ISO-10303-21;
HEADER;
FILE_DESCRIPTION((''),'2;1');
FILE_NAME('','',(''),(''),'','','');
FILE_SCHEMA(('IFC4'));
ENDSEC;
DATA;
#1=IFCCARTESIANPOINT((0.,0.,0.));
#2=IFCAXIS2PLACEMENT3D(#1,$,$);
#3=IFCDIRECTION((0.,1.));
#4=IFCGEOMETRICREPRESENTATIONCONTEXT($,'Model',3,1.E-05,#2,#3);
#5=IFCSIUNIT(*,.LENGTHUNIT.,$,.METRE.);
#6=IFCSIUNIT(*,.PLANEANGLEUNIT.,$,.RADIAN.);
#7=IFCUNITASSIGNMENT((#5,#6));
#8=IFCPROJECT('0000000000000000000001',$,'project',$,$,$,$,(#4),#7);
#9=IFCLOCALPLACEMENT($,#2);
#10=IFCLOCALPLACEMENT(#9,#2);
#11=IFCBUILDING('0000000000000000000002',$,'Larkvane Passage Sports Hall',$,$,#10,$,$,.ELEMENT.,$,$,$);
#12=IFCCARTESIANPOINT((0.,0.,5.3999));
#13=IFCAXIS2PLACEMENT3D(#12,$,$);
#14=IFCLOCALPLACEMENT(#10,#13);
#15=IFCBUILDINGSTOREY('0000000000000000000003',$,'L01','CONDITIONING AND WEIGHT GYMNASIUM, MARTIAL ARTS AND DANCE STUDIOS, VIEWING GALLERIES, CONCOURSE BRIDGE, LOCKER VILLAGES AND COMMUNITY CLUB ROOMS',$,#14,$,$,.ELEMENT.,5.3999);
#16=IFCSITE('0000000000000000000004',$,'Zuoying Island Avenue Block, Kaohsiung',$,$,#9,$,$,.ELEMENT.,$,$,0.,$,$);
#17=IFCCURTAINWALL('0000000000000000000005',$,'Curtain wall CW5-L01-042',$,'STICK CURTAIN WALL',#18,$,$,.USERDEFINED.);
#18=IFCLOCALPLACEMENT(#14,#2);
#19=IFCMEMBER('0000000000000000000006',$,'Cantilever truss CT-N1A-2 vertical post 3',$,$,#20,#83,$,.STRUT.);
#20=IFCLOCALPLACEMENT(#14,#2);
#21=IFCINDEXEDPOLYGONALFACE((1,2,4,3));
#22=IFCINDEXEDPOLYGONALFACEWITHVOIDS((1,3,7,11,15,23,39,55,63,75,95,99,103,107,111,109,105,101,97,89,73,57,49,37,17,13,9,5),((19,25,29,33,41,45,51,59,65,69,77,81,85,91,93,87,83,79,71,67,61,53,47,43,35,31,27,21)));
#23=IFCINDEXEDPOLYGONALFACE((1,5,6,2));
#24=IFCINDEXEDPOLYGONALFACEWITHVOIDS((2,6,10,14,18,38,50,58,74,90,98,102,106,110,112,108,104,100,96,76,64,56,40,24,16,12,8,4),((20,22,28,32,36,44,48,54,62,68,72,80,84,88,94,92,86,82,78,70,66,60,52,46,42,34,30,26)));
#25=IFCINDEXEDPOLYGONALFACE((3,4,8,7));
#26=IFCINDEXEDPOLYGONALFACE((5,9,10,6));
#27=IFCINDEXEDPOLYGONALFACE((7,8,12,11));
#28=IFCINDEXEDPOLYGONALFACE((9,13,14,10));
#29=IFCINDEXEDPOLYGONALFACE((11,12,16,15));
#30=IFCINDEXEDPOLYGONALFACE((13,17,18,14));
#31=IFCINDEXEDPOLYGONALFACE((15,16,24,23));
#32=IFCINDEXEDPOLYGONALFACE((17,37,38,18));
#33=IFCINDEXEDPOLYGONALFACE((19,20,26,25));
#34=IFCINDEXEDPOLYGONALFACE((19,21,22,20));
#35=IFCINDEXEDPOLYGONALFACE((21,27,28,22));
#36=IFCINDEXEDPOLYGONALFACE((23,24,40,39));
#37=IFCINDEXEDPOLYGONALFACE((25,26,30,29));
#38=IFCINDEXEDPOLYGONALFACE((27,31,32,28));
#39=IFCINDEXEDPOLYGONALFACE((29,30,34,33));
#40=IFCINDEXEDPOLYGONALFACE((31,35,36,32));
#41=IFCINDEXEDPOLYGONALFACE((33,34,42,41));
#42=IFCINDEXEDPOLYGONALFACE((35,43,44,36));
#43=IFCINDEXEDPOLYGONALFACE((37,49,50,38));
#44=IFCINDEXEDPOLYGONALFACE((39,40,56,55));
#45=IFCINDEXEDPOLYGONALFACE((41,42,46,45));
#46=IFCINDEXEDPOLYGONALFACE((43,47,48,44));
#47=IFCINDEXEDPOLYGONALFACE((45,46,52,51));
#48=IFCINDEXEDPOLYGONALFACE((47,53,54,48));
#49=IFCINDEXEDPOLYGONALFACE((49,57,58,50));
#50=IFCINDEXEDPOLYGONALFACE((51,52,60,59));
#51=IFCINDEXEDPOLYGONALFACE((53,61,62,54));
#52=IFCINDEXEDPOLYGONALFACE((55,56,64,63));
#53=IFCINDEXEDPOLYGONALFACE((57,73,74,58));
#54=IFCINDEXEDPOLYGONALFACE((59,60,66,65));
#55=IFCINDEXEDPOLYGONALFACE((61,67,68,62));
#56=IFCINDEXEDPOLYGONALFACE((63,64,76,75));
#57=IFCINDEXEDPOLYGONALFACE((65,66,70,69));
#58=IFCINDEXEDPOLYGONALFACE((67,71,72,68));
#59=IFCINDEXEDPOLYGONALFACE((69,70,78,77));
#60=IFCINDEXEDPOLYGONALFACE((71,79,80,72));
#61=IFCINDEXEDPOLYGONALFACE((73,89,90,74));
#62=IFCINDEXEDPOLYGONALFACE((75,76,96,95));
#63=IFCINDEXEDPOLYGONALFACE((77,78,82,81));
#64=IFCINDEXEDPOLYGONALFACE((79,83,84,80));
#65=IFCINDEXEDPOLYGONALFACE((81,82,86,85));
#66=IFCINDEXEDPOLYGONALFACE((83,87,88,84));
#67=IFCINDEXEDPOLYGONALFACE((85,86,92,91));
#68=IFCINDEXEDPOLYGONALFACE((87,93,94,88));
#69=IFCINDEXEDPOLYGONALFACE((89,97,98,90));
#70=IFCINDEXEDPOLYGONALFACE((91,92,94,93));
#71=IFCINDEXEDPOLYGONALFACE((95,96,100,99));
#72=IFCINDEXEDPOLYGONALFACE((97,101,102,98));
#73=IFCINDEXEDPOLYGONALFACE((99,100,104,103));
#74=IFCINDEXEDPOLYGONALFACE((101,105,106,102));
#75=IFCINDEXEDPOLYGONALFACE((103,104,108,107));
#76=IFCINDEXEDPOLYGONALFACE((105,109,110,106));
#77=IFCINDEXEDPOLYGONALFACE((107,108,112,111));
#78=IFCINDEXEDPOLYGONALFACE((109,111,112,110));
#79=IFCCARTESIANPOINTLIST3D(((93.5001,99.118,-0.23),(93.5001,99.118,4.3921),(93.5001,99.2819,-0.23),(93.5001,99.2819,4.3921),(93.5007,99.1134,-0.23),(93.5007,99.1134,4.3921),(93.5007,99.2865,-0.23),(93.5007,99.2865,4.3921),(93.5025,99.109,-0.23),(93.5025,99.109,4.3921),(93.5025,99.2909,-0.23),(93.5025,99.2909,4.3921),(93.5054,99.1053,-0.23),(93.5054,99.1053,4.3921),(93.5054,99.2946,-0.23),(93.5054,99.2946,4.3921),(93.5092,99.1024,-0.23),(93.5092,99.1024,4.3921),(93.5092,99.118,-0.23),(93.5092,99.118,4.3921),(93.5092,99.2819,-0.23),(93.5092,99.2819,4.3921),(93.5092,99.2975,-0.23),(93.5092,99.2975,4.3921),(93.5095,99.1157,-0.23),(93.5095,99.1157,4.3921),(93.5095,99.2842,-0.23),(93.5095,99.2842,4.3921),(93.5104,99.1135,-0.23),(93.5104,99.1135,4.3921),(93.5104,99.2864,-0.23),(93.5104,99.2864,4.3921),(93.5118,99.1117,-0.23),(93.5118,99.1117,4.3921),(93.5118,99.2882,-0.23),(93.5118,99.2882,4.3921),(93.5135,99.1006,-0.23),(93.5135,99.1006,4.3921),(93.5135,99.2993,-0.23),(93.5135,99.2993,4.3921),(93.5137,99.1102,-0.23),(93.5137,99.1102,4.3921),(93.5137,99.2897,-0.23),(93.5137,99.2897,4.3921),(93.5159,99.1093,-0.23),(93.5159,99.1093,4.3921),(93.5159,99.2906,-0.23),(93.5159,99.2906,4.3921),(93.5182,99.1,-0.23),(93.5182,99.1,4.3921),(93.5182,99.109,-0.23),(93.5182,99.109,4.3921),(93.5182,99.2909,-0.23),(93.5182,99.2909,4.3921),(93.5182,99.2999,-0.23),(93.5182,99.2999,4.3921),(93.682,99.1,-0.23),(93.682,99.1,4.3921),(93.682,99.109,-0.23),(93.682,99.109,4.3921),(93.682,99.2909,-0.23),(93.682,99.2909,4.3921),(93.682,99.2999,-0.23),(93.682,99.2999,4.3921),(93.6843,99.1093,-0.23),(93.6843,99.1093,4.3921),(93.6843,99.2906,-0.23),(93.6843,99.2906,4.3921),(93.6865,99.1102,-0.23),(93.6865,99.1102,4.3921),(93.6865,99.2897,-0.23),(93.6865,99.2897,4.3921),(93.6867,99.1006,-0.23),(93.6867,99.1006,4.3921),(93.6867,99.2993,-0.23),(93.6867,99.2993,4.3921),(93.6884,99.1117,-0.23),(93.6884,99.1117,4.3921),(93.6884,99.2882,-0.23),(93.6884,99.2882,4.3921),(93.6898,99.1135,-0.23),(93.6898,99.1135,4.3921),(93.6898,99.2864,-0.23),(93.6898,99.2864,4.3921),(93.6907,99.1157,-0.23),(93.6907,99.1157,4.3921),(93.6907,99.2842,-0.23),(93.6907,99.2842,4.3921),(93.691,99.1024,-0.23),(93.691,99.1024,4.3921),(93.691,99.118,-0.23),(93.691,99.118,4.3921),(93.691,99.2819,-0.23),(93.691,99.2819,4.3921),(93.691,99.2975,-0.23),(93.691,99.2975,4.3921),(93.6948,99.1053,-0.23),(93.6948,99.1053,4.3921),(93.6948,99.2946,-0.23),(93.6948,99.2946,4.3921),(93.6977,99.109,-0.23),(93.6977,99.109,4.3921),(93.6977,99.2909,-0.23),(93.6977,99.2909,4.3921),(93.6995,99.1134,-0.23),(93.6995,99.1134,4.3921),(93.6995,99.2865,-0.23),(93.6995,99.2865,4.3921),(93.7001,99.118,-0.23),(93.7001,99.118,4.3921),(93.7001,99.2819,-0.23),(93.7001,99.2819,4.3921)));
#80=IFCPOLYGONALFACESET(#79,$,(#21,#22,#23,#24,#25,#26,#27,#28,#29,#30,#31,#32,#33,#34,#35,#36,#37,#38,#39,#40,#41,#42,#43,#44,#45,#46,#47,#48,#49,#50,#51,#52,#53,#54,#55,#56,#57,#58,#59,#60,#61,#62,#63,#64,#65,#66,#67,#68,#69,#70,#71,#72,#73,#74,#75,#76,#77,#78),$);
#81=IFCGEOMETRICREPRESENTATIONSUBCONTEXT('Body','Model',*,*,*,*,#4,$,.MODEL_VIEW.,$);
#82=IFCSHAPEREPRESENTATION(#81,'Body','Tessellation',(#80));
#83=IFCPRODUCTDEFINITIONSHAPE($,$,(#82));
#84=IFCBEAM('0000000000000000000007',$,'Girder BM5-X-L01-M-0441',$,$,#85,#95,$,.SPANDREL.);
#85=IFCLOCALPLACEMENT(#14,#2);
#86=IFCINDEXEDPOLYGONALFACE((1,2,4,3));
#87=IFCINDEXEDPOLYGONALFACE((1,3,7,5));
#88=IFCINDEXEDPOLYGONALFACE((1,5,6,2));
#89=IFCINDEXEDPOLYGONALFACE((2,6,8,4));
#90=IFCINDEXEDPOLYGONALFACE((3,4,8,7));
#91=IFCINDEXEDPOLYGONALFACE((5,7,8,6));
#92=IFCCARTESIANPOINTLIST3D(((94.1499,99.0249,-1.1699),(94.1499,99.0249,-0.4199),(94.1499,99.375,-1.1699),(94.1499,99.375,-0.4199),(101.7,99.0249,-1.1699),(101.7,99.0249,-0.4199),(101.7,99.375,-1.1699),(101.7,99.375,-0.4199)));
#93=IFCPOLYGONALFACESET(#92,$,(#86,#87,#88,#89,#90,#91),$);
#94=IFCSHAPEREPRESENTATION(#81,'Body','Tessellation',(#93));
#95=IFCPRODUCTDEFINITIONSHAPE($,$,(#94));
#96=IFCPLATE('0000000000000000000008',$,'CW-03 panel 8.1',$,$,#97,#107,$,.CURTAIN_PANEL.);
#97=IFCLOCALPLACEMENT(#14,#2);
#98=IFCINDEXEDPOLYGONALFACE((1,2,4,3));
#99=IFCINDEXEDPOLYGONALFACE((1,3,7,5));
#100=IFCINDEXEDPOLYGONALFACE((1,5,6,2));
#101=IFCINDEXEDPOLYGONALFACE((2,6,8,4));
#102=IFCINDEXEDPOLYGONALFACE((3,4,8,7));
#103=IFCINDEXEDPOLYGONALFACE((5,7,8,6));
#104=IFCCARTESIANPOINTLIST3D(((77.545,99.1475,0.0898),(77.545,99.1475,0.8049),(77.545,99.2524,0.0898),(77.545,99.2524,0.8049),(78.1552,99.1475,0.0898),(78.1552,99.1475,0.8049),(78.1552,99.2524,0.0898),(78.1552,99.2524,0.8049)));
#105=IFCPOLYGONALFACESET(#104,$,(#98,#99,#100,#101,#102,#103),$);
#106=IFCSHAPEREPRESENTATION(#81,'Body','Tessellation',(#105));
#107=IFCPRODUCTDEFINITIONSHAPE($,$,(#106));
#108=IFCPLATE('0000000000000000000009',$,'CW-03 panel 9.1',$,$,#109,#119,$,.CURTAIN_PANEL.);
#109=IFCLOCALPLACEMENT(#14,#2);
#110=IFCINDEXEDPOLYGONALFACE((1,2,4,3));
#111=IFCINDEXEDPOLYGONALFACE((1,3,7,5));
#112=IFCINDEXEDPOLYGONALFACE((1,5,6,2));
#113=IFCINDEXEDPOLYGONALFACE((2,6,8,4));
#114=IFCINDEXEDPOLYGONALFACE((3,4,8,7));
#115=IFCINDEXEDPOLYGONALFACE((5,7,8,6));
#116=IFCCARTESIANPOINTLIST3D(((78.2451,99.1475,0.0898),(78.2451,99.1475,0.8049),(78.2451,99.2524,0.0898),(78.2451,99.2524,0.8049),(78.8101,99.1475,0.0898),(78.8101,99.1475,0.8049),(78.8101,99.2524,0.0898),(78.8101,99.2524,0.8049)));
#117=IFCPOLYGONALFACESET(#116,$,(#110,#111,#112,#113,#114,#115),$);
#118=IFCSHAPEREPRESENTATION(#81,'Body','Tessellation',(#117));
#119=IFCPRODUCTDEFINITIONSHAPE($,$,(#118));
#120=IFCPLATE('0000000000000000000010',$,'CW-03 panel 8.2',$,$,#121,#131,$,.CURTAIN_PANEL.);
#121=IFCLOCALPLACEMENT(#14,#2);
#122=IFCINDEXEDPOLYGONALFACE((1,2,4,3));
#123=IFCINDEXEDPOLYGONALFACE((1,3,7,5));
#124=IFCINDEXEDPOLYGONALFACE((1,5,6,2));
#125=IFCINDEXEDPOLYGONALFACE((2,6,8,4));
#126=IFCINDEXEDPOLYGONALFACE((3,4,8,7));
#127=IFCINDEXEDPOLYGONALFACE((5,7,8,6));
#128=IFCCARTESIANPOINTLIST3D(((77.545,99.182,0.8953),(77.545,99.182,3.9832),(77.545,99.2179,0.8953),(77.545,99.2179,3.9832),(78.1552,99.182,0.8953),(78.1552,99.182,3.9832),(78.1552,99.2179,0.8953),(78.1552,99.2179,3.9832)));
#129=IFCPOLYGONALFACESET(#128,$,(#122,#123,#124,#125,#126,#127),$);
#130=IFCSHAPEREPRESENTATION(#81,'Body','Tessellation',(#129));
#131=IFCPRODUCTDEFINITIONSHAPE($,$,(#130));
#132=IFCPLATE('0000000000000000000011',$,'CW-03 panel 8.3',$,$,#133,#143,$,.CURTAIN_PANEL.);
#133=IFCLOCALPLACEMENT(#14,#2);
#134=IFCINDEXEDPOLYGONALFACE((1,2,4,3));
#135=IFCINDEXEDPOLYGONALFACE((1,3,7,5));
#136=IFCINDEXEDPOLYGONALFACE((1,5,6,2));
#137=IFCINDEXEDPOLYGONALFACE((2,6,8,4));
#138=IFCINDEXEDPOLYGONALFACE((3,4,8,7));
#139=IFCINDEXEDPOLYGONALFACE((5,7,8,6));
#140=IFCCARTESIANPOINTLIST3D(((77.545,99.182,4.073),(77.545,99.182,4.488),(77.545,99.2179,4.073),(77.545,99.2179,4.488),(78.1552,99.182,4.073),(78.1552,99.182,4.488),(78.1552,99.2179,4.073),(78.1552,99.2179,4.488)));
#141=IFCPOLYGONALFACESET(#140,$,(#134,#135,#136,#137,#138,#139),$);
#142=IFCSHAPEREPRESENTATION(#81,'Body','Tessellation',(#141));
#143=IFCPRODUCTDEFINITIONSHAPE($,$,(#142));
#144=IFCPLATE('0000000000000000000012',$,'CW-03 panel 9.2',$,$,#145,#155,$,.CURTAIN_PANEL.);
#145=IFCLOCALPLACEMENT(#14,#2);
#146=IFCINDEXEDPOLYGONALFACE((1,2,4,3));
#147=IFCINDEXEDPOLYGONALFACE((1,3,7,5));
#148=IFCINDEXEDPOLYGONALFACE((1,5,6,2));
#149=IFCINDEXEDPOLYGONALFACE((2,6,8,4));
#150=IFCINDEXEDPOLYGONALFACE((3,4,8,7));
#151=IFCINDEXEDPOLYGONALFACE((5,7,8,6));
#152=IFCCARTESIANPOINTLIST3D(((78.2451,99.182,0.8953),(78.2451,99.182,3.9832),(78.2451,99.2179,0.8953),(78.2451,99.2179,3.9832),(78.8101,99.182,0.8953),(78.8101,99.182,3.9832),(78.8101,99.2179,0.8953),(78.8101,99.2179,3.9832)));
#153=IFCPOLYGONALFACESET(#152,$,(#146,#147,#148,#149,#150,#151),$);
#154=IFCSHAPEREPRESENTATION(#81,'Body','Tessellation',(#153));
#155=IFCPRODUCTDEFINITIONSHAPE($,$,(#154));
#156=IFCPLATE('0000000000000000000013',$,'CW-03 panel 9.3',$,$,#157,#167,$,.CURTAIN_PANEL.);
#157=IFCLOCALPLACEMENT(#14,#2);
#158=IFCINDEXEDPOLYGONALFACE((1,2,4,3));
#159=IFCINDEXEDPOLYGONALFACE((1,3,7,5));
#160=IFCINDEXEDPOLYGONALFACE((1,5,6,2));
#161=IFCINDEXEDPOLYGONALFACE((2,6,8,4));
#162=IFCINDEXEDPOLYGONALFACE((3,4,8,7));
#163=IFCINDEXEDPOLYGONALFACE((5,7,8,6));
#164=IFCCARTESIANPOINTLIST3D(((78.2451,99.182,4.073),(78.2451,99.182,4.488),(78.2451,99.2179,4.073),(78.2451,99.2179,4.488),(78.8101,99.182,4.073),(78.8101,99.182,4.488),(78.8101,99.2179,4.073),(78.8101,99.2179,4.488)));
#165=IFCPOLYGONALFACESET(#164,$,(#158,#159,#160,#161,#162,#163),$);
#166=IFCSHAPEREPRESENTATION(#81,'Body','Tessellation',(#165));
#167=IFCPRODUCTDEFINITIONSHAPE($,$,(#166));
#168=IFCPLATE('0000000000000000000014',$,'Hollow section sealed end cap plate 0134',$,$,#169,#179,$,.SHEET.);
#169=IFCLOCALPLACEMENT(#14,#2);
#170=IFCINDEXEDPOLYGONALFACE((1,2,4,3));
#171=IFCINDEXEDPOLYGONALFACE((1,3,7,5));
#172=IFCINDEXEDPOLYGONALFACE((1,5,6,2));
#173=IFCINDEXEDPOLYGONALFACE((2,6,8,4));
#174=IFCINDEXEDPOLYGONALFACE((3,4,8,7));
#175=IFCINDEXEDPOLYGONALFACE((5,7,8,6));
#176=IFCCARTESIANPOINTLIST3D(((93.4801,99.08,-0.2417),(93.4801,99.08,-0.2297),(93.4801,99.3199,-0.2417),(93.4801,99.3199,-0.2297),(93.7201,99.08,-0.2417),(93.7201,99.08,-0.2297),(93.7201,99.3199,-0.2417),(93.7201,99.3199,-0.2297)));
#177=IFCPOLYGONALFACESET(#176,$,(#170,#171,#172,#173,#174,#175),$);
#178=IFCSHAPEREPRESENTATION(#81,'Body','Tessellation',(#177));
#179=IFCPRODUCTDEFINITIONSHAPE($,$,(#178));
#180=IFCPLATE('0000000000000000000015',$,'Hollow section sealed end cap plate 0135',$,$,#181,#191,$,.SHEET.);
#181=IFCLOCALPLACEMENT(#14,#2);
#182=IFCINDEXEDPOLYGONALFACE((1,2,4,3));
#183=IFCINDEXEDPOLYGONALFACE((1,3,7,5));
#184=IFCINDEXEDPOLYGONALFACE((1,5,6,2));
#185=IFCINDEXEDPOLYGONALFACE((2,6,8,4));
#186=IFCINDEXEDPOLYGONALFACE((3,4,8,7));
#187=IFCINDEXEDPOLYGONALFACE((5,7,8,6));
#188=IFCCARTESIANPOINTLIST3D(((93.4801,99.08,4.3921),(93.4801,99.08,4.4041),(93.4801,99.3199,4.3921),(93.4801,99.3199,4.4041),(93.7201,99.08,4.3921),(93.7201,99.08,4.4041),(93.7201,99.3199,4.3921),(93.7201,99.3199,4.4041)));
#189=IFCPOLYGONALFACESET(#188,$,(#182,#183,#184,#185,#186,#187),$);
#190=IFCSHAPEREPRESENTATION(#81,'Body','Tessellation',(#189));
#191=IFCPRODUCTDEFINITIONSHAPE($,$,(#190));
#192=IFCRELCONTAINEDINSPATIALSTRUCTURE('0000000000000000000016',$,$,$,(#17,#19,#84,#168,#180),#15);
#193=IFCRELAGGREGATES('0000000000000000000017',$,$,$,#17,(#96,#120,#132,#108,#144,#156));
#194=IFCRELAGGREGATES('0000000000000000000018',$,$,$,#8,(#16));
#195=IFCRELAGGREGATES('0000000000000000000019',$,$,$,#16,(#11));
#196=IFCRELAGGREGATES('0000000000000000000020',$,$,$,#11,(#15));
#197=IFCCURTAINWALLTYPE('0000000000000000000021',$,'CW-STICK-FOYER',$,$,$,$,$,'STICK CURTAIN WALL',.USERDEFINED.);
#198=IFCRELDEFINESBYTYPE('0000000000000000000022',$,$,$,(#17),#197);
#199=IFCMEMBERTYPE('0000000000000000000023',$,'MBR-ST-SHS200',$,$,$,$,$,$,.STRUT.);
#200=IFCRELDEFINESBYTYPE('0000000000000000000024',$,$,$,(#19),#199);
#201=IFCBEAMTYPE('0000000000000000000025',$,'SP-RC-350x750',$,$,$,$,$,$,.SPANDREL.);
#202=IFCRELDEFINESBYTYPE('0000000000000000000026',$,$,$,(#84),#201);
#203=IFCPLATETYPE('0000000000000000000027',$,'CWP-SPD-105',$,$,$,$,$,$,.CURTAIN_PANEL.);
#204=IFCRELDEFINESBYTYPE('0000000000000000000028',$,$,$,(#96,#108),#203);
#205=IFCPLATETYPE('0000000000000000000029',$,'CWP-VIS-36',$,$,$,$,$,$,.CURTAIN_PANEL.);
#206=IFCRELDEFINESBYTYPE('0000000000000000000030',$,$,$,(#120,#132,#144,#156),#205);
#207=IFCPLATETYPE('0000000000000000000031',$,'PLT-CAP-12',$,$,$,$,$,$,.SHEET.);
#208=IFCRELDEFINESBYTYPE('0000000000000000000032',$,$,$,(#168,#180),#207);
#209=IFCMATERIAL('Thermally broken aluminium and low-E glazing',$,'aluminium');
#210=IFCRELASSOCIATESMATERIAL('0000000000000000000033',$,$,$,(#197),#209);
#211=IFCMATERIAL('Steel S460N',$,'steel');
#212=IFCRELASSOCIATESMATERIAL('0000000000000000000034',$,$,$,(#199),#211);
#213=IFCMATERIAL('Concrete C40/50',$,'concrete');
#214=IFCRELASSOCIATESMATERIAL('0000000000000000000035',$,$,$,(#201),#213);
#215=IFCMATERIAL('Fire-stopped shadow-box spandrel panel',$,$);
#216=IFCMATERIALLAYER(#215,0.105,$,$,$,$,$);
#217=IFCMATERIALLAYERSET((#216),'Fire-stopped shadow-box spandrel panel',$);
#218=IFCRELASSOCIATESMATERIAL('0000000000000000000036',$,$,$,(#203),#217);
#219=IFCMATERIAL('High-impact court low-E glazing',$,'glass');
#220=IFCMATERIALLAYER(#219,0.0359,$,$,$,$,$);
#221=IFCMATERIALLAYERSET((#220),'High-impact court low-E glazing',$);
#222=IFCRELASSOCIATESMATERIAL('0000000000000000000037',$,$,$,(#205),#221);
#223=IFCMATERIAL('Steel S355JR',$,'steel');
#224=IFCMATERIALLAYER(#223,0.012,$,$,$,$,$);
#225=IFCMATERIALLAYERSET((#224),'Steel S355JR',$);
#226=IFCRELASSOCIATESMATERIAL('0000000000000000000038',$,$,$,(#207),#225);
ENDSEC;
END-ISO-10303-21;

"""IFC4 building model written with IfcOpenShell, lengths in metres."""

from ifc_helpers import new_model, si_unit, direction, frame, origin, origin_2d, place, context, subcontext, project, spatial, rectangle, hollow_rectangle, extrude, material, layer, layer_set, material_profile, profile_set, type_object, element, aggregate, save


model = new_model("IFC4")

# Units and contexts
model_context = context("Model", 3, precision=1e-05, world=origin(), true_north=direction((0.0, 1.0)))
body_context = subcontext(model_context, "Body", "Model", "MODEL_VIEW")
ifc_project = project(units=[si_unit("LENGTHUNIT", "METRE"), si_unit("PLANEANGLEUNIT", "RADIAN")], contexts=[model_context])

# Site, building, storey
site_placement = place(None, origin())
site = spatial("IfcSite", under=ifc_project, at=site_placement, Name="Zuoying Island Avenue Block, Kaohsiung", CompositionType="ELEMENT", RefElevation=0.0)
building_placement = place(site_placement, origin())
building = spatial("IfcBuilding", under=site, at=building_placement, Name="Larkvane Passage Sports Hall", CompositionType="ELEMENT")
storey_placement = place(building_placement, frame((0.0, 0.0, 5.3999)))
storey = spatial("IfcBuildingStorey", under=building, at=storey_placement, Name="L01", Description="CONDITIONING AND WEIGHT GYMNASIUM, MARTIAL ARTS AND DANCE STUDIOS, VIEWING GALLERIES, CONCOURSE BRIDGE, LOCKER VILLAGES AND COMMUNITY CLUB ROOMS", CompositionType="ELEMENT", Elevation=5.3999)

# Curtain wall
ifc_material_1 = material(Name="Thermally broken aluminium and low-E glazing", Category="aluminium")
curtain_wall_type = type_object("IfcCurtainWallType", Name="CW-STICK-FOYER", ElementType="STICK CURTAIN WALL", PredefinedType="USERDEFINED", material=ifc_material_1)
curtain_wall_placement = place(storey_placement, origin())
curtain_wall = element("IfcCurtainWall", 1, at=curtain_wall_placement, inside=storey, type_object=curtain_wall_type, Name="Curtain wall CW5-L01-042", ObjectType="STICK CURTAIN WALL", PredefinedType="USERDEFINED")

# Member
ifc_material_2 = material(Name="Steel S460N", Category="steel")
ifc_material_profile_1 = material_profile(ifc_material_2, hollow_rectangle(XDim=0.2, YDim=0.2, WallThickness=0.009, InnerFilletRadius=0.009, OuterFilletRadius=0.0181, at=origin_2d()), Name="SHS-200x200x9")
ifc_profile_set_1 = profile_set([ifc_material_profile_1], Name="Steel S460N")
member_type_1 = type_object("IfcMemberType", Name="MBR-ST-SHS200", PredefinedType="STRUT", material=ifc_profile_set_1)
member_1_placement = place(storey_placement, frame((93.6001, 99.2, -0.23), z_axis=(0.0, 0.0, 1.0), x_axis=(1.0, 0.0, 0.0)))
element("IfcMember", 2, at=member_1_placement, inside=storey, type_object=member_type_1, Name="Cantilever truss CT-N1A-2 vertical post 3", PredefinedType="STRUT", context=body_context, shape_type="SweptSolid", body=[
    extrude(hollow_rectangle(XDim=0.2, YDim=0.2, WallThickness=0.009, InnerFilletRadius=0.009, OuterFilletRadius=0.0181, at=origin_2d()), origin(), (0.0, 0.0, 1.0), 4.6221),
])

# Beam
ifc_material_3 = material(Name="Concrete C40/50", Category="concrete")
ifc_material_profile_2 = material_profile(ifc_material_3, rectangle(XDim=0.3501, YDim=0.75, at=origin_2d()), Name="RC-SP-350x750")
ifc_profile_set_2 = profile_set([ifc_material_profile_2], Name="Concrete C40/50")
beam_type = type_object("IfcBeamType", Name="SP-RC-350x750", PredefinedType="SPANDREL", material=ifc_profile_set_2)
beam_placement = place(storey_placement, frame((94.1499, 99.2, -0.7949), z_axis=(1.0, 0.0, 0.0), x_axis=(0.0, 1.0, 0.0)))
element("IfcBeam", 3, at=beam_placement, inside=storey, type_object=beam_type, Name="Girder BM5-X-L01-M-0441", PredefinedType="SPANDREL", context=body_context, shape_type="SweptSolid", body=[
    extrude(rectangle(XDim=0.3501, YDim=0.75, at=origin_2d()), origin(), (0.0, 0.0, 1.0), 7.55),
])

# Plates
ifc_material_4 = material(Name="Fire-stopped shadow-box spandrel panel")
ifc_layer_1 = layer(ifc_material_4, 0.105)
ifc_layer_set_1 = layer_set([ifc_layer_1], Name="Fire-stopped shadow-box spandrel panel")
plate_type_1 = type_object("IfcPlateType", Name="CWP-SPD-105", PredefinedType="CURTAIN_PANEL", material=ifc_layer_set_1)
plate_1_placement = place(storey_placement, frame((77.8501, 99.2, 0.0898), z_axis=(0.0, 0.0, 1.0), x_axis=(1.0, 0.0, 0.0)))
plate_1 = element("IfcPlate", 4, at=plate_1_placement, type_object=plate_type_1, Name="CW-03 panel 8.1", PredefinedType="CURTAIN_PANEL", context=body_context, shape_type="SweptSolid", body=[
    extrude(rectangle(XDim=0.6101, YDim=0.105, at=origin_2d()), origin(), (0.0, 0.0, 1.0), 0.7151),
])
plate_2_placement = place(storey_placement, frame((78.5276, 99.2, 0.0898), z_axis=(0.0, 0.0, 1.0), x_axis=(1.0, 0.0, 0.0)))
plate_2 = element("IfcPlate", 5, at=plate_2_placement, type_object=plate_type_1, Name="CW-03 panel 9.1", PredefinedType="CURTAIN_PANEL", context=body_context, shape_type="SweptSolid", body=[
    extrude(rectangle(XDim=0.5649, YDim=0.105, at=origin_2d()), origin(), (0.0, 0.0, 1.0), 0.7151),
])
ifc_material_5 = material(Name="High-impact court low-E glazing", Category="glass")
ifc_layer_2 = layer(ifc_material_5, 0.0359)
ifc_layer_set_2 = layer_set([ifc_layer_2], Name="High-impact court low-E glazing")
plate_type_2 = type_object("IfcPlateType", Name="CWP-VIS-36", PredefinedType="CURTAIN_PANEL", material=ifc_layer_set_2)
plate_3_placement = place(storey_placement, frame((77.8501, 99.2, 0.8953), z_axis=(0.0, 0.0, 1.0), x_axis=(1.0, 0.0, 0.0)))
plate_3 = element("IfcPlate", 6, at=plate_3_placement, type_object=plate_type_2, Name="CW-03 panel 8.2", PredefinedType="CURTAIN_PANEL", context=body_context, shape_type="SweptSolid", body=[
    extrude(rectangle(XDim=0.6101, YDim=0.0359, at=origin_2d()), origin(), (0.0, 0.0, 1.0), 3.0879),
])
plate_4_placement = place(storey_placement, frame((77.8501, 99.2, 4.073), z_axis=(0.0, 0.0, 1.0), x_axis=(1.0, 0.0, 0.0)))
plate_4 = element("IfcPlate", 7, at=plate_4_placement, type_object=plate_type_2, Name="CW-03 panel 8.3", PredefinedType="CURTAIN_PANEL", context=body_context, shape_type="SweptSolid", body=[
    extrude(rectangle(XDim=0.6101, YDim=0.0359, at=origin_2d()), origin(), (0.0, 0.0, 1.0), 0.415),
])
plate_5_placement = place(storey_placement, frame((78.5276, 99.2, 0.8953), z_axis=(0.0, 0.0, 1.0), x_axis=(1.0, 0.0, 0.0)))
plate_5 = element("IfcPlate", 8, at=plate_5_placement, type_object=plate_type_2, Name="CW-03 panel 9.2", PredefinedType="CURTAIN_PANEL", context=body_context, shape_type="SweptSolid", body=[
    extrude(rectangle(XDim=0.5649, YDim=0.0359, at=origin_2d()), origin(), (0.0, 0.0, 1.0), 3.0879),
])
plate_6_placement = place(storey_placement, frame((78.5276, 99.2, 4.073), z_axis=(0.0, 0.0, 1.0), x_axis=(1.0, 0.0, 0.0)))
plate_6 = element("IfcPlate", 9, at=plate_6_placement, type_object=plate_type_2, Name="CW-03 panel 9.3", PredefinedType="CURTAIN_PANEL", context=body_context, shape_type="SweptSolid", body=[
    extrude(rectangle(XDim=0.5649, YDim=0.0359, at=origin_2d()), origin(), (0.0, 0.0, 1.0), 0.415),
])
aggregate(curtain_wall, [plate_1, plate_3, plate_4, plate_2, plate_5, plate_6])

# Plates
ifc_material_6 = material(Name="Steel S355JR", Category="steel")
ifc_layer_3 = layer(ifc_material_6, 0.012)
ifc_layer_set_3 = layer_set([ifc_layer_3], Name="Steel S355JR")
plate_type_3 = type_object("IfcPlateType", Name="PLT-CAP-12", PredefinedType="SHEET", material=ifc_layer_set_3)
for number, where, z_axis, x_axis, name in (
    (10, (93.6001, 99.2, -0.2417), (0.0, 0.0, 1.0), (1.0, 0.0, 0.0), "Hollow section sealed end cap plate 0134"),
    (11, (93.6001, 99.2, 4.3921), (0.0, 0.0, 1.0), (1.0, 0.0, 0.0), "Hollow section sealed end cap plate 0135"),
):
    element("IfcPlate", number, at=place(storey_placement, frame(where, z_axis=z_axis, x_axis=x_axis)), inside=storey, type_object=plate_type_3, Name=name, PredefinedType="SHEET", context=body_context, shape_type="SweptSolid", body=[
        extrude(rectangle(XDim=0.24, YDim=0.24, at=origin_2d()), origin(), (0.0, 0.0, 1.0), 0.012),
    ])

save(model, "model.ifc")
